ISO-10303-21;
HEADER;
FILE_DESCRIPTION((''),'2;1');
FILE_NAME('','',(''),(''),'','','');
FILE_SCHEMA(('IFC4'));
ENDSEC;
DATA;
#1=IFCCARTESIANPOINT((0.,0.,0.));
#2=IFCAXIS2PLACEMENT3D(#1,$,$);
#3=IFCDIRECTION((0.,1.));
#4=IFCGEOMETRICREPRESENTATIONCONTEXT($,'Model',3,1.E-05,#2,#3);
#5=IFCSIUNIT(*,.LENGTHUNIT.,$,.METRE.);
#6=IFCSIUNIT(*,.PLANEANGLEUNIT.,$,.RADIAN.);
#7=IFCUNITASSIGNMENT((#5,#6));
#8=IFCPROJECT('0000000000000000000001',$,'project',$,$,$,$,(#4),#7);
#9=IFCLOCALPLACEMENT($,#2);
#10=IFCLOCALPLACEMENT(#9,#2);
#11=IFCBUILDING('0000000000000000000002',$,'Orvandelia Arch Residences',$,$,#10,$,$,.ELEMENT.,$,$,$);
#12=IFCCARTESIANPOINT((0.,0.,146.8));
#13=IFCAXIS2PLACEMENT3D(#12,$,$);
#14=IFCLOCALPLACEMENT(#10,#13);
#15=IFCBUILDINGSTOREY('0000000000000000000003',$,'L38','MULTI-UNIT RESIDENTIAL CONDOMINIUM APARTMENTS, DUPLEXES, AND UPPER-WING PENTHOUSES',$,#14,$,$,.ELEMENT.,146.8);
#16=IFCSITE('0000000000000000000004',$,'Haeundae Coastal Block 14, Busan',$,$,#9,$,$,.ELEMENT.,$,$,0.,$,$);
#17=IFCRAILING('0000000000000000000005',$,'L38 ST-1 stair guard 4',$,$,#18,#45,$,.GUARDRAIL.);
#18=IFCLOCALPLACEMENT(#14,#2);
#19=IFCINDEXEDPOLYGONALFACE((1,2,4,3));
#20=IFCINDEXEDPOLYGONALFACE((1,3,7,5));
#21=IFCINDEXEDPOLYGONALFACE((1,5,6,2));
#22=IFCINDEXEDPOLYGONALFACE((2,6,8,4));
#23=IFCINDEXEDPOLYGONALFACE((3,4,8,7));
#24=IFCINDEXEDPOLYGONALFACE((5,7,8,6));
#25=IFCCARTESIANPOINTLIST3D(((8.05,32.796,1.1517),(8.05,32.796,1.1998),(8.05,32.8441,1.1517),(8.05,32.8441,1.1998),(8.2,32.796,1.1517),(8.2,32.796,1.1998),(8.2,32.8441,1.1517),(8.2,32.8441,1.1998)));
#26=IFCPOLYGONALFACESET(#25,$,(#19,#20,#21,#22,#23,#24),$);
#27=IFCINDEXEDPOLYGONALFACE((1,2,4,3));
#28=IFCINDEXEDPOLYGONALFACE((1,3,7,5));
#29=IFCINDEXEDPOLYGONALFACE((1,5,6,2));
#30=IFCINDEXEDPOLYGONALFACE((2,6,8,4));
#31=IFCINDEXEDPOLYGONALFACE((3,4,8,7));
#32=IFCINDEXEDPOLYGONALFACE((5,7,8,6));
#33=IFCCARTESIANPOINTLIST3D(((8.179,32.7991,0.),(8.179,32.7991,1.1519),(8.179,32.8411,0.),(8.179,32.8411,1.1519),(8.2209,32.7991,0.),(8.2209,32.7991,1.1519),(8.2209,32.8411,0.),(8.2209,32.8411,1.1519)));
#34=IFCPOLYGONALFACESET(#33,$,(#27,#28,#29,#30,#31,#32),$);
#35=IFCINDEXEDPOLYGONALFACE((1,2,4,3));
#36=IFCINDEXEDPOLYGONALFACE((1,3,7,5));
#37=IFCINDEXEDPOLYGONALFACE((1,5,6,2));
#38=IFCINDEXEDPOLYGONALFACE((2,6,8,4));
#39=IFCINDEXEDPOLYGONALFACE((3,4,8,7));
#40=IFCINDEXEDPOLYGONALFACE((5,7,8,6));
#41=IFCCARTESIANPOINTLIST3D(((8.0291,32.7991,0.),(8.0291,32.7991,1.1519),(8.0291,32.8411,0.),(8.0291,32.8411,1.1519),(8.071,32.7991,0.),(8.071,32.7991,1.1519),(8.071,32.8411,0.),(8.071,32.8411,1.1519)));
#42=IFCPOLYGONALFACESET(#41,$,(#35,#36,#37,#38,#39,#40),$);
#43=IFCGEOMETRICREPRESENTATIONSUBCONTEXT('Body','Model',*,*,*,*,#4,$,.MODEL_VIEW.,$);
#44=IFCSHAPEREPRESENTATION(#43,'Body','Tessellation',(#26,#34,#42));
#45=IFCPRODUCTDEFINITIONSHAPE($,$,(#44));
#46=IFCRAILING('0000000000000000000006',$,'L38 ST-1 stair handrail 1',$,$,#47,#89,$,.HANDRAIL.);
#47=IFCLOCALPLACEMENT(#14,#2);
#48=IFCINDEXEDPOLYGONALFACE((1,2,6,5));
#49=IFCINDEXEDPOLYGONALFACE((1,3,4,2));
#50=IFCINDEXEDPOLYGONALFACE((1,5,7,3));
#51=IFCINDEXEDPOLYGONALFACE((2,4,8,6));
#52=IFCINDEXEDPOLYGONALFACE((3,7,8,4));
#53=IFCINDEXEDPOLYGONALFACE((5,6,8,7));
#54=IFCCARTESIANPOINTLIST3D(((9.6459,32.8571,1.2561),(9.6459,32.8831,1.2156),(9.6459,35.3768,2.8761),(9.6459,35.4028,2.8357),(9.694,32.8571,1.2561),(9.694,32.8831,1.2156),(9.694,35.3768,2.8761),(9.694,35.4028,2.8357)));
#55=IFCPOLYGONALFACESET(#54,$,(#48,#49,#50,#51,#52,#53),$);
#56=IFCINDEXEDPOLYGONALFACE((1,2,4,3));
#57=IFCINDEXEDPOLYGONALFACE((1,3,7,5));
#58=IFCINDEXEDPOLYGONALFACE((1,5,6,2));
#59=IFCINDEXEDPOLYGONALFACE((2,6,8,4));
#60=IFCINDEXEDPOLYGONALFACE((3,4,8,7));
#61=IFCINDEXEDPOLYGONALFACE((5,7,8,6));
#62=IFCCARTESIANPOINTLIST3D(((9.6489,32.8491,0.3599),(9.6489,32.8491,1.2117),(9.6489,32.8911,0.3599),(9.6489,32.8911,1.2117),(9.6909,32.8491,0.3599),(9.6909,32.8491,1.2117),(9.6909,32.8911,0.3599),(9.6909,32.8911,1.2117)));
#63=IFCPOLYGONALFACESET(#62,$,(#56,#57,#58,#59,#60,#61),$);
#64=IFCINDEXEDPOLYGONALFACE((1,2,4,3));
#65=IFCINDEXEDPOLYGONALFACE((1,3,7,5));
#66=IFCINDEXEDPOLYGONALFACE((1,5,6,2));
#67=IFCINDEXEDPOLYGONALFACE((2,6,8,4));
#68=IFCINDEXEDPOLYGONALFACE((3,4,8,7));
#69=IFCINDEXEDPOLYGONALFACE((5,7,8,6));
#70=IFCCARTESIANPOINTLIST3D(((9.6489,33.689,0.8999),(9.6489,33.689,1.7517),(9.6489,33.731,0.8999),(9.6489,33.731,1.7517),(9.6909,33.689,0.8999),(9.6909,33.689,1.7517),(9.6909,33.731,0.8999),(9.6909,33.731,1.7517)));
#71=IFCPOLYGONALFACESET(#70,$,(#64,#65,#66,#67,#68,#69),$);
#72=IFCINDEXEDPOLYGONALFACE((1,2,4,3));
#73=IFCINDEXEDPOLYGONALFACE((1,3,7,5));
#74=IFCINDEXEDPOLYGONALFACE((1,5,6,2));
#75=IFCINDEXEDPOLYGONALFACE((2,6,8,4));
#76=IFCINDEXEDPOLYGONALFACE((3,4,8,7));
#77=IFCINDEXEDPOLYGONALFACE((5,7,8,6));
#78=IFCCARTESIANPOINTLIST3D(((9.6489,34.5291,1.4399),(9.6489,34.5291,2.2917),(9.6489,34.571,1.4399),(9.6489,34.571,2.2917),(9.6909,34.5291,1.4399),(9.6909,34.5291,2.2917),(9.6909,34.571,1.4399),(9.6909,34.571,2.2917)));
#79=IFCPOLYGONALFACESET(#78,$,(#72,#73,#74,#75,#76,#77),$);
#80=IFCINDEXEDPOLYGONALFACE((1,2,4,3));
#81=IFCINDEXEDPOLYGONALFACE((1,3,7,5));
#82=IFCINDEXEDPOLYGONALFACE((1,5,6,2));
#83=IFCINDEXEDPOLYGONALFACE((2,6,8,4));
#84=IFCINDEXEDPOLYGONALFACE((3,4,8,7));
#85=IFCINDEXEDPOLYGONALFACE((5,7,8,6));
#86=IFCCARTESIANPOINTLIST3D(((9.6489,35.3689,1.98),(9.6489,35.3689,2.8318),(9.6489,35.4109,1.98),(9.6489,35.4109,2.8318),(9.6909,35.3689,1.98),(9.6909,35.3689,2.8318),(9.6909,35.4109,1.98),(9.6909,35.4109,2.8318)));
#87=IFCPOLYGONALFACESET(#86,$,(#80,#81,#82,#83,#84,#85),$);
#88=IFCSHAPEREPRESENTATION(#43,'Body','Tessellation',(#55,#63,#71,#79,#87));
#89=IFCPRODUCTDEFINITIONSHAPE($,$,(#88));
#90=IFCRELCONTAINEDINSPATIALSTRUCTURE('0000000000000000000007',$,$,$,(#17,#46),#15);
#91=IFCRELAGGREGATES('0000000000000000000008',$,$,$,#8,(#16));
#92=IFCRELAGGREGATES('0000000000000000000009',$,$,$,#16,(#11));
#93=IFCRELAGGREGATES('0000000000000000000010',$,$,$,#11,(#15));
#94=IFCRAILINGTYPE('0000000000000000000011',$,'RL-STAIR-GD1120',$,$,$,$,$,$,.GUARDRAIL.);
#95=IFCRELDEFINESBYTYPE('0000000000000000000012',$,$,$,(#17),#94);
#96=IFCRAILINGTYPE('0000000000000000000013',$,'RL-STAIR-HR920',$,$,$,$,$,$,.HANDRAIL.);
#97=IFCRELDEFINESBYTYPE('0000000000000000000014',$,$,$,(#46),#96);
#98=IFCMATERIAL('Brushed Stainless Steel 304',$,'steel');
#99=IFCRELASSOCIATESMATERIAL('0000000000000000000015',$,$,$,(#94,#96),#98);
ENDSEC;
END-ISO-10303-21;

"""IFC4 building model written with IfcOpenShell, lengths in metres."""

from ifc_helpers import new_model, si_unit, direction, frame, origin, origin_2d, place, context, subcontext, project, spatial, rectangle, extrude, material, type_object, element, save


model = new_model("IFC4")

# Units and contexts
model_context = context("Model", 3, precision=1e-05, world=origin(), true_north=direction((0.0, 1.0)))
body_context = subcontext(model_context, "Body", "Model", "MODEL_VIEW")
ifc_project = project(units=[si_unit("LENGTHUNIT", "METRE"), si_unit("PLANEANGLEUNIT", "RADIAN")], contexts=[model_context])

# Site, building, storey
site_placement = place(None, origin())
site = spatial("IfcSite", under=ifc_project, at=site_placement, Name="Haeundae Coastal Block 14, Busan", CompositionType="ELEMENT", RefElevation=0.0)
building_placement = place(site_placement, origin())
building = spatial("IfcBuilding", under=site, at=building_placement, Name="Orvandelia Arch Residences", CompositionType="ELEMENT")
storey_placement = place(building_placement, frame((0.0, 0.0, 146.8)))
storey = spatial("IfcBuildingStorey", under=building, at=storey_placement, Name="L38", Description="MULTI-UNIT RESIDENTIAL CONDOMINIUM APARTMENTS, DUPLEXES, AND UPPER-WING PENTHOUSES", CompositionType="ELEMENT", Elevation=146.8)

# Railings
ifc_material_1 = material(Name="Brushed Stainless Steel 304", Category="steel")
railing_type_1 = type_object("IfcRailingType", Name="RL-STAIR-GD1120", PredefinedType="GUARDRAIL", material=ifc_material_1)
for number, where, name in (
    (1, (8.2, 32.8201, 0.0), "L38 ST-1 stair guard 4"),
):
    element("IfcRailing", number, at=place(storey_placement, frame(where)), inside=storey, type_object=railing_type_1, Name=name, PredefinedType="GUARDRAIL", context=body_context, shape_type="SweptSolid", body=[
        extrude(rectangle(XDim=0.0481, YDim=0.0481, at=origin_2d()), frame((0.0, 0.0, 1.1758), z_axis=(-1.0, 0.0, 0.0), x_axis=(0.0, -1.0, 0.0)), (0.0, 0.0, 1.0), 0.1499),
        extrude(rectangle(XDim=0.042, YDim=0.042, at=origin_2d()), origin(), (0.0, 0.0, 1.0), 1.1519),
        extrude(rectangle(XDim=0.042, YDim=0.042, at=origin_2d()), frame((-0.1499, 0.0, 0.0)), (0.0, 0.0, 1.0), 1.1519),
    ])
railing_type_2 = type_object("IfcRailingType", Name="RL-STAIR-HR920", PredefinedType="HANDRAIL", material=ifc_material_1)
railing_1_placement = place(storey_placement, frame((9.6699, 32.8701, 0.3599)))
element("IfcRailing", 2, at=railing_1_placement, inside=storey, type_object=railing_type_2, Name="L38 ST-1 stair handrail 1", PredefinedType="HANDRAIL", context=body_context, shape_type="SweptSolid", body=[
    extrude(rectangle(XDim=0.0481, YDim=0.0481, at=origin_2d()), frame((0.0, 0.0, 0.876), z_axis=(0.0, 0.841139, 0.540819), x_axis=(-1.0, 0.0, 0.0)), (0.0, 0.0, 1.0), 2.9956),
    extrude(rectangle(XDim=0.042, YDim=0.042, at=origin_2d()), origin(), (0.0, 0.0, 1.0), 0.8518),
    extrude(rectangle(XDim=0.042, YDim=0.042, at=origin_2d()), frame((0.0, 0.8398, 0.54)), (0.0, 0.0, 1.0), 0.8518),
    extrude(rectangle(XDim=0.042, YDim=0.042, at=origin_2d()), frame((0.0, 1.6799, 1.0801)), (0.0, 0.0, 1.0), 0.8518),
    extrude(rectangle(XDim=0.042, YDim=0.042, at=origin_2d()), frame((0.0, 2.5198, 1.6201)), (0.0, 0.0, 1.0), 0.8518),
])

save(model, "model.ifc")
